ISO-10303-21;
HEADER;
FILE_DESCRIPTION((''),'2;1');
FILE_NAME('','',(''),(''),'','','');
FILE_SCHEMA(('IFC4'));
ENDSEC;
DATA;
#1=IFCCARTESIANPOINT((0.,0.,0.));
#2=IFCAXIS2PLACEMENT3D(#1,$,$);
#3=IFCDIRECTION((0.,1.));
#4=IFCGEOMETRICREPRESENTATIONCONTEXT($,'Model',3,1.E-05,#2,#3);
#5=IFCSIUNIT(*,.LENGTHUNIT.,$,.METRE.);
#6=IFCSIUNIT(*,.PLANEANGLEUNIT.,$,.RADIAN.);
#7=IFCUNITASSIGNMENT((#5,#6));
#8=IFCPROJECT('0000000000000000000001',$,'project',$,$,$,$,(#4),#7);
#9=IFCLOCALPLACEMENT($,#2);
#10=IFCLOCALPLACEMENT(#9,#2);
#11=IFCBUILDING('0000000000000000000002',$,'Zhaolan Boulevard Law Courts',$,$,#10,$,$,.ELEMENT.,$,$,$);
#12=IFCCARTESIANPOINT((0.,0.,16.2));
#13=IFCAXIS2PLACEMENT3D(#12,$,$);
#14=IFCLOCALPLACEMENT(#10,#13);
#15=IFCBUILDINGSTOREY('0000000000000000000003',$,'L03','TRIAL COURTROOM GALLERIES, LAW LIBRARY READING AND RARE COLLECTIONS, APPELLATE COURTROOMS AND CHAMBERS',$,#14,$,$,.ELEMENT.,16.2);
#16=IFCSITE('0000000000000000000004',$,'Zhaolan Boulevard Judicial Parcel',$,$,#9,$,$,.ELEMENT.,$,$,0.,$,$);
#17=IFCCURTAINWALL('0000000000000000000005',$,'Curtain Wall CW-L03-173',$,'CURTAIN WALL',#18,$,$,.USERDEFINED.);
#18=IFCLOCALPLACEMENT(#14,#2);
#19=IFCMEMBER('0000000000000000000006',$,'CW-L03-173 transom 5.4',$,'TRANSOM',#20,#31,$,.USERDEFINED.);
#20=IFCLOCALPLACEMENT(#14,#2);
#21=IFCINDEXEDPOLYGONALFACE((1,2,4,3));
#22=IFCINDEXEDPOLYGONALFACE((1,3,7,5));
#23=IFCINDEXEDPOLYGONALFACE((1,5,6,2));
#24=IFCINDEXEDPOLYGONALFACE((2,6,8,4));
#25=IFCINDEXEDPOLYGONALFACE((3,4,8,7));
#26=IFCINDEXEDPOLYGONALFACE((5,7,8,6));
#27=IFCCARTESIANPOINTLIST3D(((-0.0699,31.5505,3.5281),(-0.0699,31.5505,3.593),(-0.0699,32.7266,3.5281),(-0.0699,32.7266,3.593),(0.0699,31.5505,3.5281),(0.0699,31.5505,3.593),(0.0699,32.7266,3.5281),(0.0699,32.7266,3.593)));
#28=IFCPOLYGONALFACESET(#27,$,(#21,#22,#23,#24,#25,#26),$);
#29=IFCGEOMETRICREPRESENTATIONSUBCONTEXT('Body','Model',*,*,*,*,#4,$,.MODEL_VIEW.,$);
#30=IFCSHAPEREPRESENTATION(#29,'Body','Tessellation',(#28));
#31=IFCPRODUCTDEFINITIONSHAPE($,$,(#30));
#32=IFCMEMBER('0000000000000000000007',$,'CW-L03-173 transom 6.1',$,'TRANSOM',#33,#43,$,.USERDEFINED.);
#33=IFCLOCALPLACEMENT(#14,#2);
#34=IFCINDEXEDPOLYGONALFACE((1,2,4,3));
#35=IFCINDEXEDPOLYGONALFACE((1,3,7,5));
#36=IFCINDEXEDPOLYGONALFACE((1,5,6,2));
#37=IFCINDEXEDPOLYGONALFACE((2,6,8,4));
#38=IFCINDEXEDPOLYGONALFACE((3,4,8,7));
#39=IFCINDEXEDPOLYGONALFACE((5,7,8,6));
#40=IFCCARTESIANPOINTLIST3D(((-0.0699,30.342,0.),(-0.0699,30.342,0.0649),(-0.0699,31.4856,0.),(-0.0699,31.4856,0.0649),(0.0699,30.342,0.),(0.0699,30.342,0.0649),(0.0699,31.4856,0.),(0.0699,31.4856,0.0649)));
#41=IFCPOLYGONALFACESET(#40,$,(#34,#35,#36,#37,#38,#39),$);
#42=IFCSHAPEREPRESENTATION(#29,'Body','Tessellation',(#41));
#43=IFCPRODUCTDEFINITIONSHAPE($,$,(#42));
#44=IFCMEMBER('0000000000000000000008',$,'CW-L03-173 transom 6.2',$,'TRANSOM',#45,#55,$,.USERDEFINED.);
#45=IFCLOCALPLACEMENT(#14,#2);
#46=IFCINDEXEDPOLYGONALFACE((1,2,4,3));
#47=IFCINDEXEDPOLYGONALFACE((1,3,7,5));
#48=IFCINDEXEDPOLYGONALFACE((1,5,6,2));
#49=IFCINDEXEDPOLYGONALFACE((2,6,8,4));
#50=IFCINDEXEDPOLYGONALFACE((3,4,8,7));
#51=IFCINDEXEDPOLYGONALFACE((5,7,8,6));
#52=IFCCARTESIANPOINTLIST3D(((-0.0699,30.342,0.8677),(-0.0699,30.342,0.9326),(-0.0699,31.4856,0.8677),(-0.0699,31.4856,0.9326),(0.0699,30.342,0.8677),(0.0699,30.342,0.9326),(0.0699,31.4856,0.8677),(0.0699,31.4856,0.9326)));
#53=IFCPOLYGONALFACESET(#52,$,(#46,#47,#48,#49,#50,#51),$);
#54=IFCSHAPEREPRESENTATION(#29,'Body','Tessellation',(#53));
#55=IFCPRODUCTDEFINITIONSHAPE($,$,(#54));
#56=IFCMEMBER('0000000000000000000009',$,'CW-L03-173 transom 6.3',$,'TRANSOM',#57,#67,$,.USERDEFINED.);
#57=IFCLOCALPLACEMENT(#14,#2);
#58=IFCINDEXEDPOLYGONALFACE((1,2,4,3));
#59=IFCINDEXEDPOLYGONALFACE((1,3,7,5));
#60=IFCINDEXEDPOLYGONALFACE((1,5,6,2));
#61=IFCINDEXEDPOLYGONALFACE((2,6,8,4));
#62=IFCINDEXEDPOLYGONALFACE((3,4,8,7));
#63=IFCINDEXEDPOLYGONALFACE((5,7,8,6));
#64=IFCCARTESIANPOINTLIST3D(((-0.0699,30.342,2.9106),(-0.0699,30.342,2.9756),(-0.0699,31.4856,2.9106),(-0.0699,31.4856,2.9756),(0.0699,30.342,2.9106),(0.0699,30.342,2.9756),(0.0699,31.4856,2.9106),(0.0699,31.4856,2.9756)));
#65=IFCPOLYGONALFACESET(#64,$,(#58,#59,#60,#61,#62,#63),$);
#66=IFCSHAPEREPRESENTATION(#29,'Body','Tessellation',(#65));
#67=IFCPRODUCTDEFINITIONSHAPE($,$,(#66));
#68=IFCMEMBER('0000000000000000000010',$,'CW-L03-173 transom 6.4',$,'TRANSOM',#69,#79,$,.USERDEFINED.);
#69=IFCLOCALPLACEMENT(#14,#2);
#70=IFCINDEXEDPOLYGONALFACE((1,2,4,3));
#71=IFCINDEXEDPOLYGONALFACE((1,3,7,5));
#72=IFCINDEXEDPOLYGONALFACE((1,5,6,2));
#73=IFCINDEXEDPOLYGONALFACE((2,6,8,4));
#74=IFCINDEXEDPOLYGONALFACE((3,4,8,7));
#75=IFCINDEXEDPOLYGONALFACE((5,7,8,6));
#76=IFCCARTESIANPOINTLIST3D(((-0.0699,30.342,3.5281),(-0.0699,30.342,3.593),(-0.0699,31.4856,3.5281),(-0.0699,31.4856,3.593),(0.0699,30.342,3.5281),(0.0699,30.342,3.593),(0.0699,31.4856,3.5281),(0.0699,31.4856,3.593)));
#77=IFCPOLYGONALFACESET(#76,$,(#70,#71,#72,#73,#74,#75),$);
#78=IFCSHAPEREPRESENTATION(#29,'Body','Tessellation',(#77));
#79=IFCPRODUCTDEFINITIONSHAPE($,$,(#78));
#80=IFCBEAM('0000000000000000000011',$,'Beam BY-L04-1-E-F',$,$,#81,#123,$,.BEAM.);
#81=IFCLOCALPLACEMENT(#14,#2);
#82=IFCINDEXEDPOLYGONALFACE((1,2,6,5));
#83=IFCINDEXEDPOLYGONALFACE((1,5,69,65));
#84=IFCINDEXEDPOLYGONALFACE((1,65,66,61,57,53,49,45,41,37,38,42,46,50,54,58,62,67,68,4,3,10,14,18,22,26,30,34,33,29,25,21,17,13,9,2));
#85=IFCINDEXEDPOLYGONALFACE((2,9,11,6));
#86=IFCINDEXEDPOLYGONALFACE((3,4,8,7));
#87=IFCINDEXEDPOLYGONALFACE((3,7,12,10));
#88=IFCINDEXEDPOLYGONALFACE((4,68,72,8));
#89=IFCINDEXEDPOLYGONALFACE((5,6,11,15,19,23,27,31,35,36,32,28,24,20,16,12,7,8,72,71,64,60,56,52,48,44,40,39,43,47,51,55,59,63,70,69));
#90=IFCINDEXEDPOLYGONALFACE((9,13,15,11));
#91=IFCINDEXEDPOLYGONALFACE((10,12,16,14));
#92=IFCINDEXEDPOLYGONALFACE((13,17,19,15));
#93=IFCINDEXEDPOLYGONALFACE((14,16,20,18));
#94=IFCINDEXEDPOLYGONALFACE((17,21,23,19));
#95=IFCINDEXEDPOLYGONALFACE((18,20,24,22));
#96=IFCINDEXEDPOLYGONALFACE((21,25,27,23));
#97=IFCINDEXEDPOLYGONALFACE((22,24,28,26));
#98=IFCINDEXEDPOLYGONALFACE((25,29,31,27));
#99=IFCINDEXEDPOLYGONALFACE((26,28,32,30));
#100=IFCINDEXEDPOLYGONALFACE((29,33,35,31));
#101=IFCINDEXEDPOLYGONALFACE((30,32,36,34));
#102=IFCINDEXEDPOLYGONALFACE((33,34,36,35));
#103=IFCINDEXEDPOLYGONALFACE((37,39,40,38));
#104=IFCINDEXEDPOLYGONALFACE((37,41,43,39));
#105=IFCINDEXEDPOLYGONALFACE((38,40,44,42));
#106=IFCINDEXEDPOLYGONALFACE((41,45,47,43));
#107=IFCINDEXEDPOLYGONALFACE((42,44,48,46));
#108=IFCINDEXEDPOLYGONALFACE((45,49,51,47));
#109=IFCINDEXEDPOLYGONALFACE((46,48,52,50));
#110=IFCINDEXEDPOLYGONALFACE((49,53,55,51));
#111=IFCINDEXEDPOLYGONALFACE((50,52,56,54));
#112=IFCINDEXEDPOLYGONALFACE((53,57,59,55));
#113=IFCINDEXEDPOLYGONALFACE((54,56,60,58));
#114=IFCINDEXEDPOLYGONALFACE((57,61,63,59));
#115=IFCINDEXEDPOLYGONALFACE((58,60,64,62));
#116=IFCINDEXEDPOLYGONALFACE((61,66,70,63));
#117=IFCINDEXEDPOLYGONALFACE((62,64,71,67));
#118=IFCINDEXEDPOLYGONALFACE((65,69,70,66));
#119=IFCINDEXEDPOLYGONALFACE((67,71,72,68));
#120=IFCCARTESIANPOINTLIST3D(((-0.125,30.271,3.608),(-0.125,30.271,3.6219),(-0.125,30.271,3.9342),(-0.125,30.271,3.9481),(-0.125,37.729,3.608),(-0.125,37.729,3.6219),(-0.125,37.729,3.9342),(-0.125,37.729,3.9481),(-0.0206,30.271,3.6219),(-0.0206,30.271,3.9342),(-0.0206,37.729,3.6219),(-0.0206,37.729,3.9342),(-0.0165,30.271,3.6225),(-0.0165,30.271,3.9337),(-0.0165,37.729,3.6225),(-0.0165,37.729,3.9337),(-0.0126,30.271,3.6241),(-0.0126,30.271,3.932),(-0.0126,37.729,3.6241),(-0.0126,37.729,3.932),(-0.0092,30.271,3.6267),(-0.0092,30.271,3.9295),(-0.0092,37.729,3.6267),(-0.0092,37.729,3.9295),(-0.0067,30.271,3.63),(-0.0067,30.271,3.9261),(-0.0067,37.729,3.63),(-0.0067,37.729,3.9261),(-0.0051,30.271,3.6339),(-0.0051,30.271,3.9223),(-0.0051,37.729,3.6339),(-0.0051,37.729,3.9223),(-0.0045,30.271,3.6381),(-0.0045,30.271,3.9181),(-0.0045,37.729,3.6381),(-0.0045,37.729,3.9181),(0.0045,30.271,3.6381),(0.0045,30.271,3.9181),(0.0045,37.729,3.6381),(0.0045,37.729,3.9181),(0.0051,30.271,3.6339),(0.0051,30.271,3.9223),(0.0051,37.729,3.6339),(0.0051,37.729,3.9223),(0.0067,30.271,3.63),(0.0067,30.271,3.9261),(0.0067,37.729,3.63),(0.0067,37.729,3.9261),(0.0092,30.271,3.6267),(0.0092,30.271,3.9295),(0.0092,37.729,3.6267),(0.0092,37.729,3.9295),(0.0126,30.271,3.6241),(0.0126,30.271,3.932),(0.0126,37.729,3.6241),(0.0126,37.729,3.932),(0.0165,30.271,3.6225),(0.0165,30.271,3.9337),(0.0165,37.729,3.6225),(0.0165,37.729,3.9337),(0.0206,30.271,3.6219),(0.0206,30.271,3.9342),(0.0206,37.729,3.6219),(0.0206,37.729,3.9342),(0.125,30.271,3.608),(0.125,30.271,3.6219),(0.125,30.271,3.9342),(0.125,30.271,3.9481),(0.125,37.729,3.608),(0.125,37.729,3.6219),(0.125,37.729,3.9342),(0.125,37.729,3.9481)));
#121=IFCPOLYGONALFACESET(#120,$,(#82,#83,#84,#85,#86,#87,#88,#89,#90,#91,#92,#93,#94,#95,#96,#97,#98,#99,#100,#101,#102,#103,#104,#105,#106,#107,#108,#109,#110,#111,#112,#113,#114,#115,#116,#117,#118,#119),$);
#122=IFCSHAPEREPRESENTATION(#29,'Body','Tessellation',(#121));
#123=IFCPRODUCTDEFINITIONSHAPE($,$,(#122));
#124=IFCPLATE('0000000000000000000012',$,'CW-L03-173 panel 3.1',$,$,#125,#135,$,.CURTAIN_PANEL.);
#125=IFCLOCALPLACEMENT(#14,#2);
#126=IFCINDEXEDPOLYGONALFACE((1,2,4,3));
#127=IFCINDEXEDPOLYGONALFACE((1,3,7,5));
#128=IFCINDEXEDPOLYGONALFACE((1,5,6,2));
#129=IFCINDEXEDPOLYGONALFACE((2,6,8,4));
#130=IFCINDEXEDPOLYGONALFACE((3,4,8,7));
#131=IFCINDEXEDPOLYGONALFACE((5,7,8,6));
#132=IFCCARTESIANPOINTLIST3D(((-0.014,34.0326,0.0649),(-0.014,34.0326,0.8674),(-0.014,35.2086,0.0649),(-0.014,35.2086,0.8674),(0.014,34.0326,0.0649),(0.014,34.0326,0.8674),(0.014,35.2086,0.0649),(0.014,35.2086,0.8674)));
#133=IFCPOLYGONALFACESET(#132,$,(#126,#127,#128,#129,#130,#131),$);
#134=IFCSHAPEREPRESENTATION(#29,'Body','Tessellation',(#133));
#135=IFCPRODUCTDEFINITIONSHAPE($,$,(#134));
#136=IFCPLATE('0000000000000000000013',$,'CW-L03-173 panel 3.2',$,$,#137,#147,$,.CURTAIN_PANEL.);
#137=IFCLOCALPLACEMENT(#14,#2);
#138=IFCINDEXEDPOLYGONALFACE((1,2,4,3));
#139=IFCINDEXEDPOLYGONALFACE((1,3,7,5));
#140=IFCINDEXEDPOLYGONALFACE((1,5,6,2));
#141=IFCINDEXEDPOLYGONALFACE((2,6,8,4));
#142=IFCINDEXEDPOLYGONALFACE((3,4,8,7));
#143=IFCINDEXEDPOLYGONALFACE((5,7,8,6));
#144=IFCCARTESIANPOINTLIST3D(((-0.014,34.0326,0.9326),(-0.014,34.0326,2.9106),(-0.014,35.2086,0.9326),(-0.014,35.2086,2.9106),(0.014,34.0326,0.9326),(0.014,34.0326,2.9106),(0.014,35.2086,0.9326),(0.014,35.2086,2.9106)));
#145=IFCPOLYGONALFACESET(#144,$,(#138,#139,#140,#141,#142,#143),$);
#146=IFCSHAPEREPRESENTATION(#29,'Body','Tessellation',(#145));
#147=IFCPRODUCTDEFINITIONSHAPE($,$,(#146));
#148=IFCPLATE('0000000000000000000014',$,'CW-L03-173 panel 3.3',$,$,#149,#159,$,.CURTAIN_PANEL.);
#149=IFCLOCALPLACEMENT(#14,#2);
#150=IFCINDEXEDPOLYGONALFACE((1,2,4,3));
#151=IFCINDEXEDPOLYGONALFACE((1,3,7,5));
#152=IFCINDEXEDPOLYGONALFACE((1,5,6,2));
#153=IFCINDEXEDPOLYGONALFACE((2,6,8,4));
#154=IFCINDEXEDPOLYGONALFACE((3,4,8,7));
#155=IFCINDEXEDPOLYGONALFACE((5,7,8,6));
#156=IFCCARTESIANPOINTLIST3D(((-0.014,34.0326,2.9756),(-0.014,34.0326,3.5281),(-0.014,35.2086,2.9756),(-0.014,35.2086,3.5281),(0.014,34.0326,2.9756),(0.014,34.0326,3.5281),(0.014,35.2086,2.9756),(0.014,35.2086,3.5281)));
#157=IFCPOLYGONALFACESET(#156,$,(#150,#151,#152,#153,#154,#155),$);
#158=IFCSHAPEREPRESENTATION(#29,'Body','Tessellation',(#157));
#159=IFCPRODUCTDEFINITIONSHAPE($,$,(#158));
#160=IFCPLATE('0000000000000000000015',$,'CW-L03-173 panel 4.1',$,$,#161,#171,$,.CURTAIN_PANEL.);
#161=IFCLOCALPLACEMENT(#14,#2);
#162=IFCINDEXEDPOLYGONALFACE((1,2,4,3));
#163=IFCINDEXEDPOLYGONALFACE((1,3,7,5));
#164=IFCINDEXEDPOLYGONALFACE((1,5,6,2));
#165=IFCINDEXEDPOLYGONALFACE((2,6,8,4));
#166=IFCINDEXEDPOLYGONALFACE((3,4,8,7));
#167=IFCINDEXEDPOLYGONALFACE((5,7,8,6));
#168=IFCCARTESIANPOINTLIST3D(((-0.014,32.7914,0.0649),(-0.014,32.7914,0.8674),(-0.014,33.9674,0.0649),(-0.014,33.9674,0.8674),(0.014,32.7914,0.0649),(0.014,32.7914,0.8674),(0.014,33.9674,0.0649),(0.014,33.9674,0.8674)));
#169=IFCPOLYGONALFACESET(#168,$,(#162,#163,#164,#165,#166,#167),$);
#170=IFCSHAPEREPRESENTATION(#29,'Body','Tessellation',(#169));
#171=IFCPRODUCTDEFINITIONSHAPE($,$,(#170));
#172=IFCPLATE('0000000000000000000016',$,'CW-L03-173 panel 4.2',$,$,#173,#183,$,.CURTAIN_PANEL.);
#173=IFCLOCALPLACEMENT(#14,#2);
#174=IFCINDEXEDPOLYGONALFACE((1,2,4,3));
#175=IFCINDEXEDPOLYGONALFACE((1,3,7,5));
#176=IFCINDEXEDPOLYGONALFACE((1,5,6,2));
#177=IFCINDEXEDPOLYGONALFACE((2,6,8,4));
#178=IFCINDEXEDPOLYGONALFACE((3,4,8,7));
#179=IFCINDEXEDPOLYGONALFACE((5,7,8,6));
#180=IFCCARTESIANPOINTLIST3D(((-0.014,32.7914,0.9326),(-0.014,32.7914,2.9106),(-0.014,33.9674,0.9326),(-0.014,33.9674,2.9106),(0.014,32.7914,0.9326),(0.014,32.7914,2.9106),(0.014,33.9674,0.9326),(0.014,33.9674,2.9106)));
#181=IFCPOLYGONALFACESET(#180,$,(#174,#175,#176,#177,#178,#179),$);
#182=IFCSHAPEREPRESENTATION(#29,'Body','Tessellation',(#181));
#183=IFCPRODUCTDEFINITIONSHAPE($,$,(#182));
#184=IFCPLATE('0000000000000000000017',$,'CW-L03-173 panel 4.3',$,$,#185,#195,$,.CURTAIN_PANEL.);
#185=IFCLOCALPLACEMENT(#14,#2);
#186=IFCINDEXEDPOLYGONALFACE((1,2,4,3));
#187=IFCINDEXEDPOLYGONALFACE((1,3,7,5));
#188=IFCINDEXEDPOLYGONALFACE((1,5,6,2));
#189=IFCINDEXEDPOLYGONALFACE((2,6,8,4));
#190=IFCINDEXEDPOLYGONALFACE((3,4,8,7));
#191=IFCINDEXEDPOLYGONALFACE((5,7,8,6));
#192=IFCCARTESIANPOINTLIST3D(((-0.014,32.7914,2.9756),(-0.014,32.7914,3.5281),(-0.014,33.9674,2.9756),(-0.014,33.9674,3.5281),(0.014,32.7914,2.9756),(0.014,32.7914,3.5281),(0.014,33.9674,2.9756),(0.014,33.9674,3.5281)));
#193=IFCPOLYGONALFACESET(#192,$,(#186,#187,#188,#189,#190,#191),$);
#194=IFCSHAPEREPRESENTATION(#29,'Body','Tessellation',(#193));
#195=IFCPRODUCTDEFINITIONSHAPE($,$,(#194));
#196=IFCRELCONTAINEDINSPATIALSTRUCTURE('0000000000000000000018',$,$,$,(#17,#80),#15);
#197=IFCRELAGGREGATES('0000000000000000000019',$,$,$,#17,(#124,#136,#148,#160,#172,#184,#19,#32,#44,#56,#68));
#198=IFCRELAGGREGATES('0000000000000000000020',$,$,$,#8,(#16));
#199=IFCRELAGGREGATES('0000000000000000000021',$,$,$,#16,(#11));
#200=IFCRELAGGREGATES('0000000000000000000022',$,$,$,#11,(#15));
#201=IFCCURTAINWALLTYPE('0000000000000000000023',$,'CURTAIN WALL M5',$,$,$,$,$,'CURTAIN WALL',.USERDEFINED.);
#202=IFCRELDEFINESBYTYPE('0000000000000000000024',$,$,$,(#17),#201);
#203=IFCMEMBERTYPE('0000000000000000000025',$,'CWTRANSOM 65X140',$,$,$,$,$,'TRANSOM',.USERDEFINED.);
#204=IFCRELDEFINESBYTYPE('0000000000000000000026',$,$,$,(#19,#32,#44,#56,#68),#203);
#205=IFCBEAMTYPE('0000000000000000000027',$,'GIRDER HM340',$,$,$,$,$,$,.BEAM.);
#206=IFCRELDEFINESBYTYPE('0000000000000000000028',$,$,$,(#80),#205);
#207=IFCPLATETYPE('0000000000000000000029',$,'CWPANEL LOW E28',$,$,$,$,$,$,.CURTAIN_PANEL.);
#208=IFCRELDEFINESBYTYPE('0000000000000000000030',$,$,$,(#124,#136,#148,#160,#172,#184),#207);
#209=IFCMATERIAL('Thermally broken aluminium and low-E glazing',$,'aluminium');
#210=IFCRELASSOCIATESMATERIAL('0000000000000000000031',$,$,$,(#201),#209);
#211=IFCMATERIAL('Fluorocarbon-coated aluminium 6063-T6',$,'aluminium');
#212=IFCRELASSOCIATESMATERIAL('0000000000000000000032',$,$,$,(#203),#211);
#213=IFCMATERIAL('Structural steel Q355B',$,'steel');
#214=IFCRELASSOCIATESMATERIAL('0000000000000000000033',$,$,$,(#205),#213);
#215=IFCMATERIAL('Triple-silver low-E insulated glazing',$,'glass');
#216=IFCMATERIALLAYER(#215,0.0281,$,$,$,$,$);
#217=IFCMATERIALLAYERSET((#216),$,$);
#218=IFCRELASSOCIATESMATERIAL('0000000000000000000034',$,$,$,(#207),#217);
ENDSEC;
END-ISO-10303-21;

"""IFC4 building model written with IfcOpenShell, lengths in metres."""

from ifc_helpers import new_model, si_unit, direction, frame, origin, origin_2d, place, context, subcontext, project, spatial, rectangle, i_section, extrude, material, layer, layer_set, material_profile, profile_set, type_object, element, aggregate, save


model = new_model("IFC4")

# Units and contexts
model_context = context("Model", 3, precision=1e-05, world=origin(), true_north=direction((0.0, 1.0)))
body_context = subcontext(model_context, "Body", "Model", "MODEL_VIEW")
ifc_project = project(units=[si_unit("LENGTHUNIT", "METRE"), si_unit("PLANEANGLEUNIT", "RADIAN")], contexts=[model_context])

# Site, building, storey
site_placement = place(None, origin())
site = spatial("IfcSite", under=ifc_project, at=site_placement, Name="Zhaolan Boulevard Judicial Parcel", CompositionType="ELEMENT", RefElevation=0.0)
building_placement = place(site_placement, origin())
building = spatial("IfcBuilding", under=site, at=building_placement, Name="Zhaolan Boulevard Law Courts", CompositionType="ELEMENT")
storey_placement = place(building_placement, frame((0.0, 0.0, 16.2)))
storey = spatial("IfcBuildingStorey", under=building, at=storey_placement, Name="L03", Description="TRIAL COURTROOM GALLERIES, LAW LIBRARY READING AND RARE COLLECTIONS, APPELLATE COURTROOMS AND CHAMBERS", CompositionType="ELEMENT", Elevation=16.2)

# Curtain wall, members
ifc_material_1 = material(Name="Thermally broken aluminium and low-E glazing", Category="aluminium")
curtain_wall_type = type_object("IfcCurtainWallType", Name="CURTAIN WALL M5", ElementType="CURTAIN WALL", PredefinedType="USERDEFINED", material=ifc_material_1)
curtain_wall_placement = place(storey_placement, origin())
curtain_wall = element("IfcCurtainWall", 1, at=curtain_wall_placement, inside=storey, type_object=curtain_wall_type, Name="Curtain Wall CW-L03-173", ObjectType="CURTAIN WALL", PredefinedType="USERDEFINED")
ifc_material_2 = material(Name="Fluorocarbon-coated aluminium 6063-T6", Category="aluminium")
ifc_material_profile_1 = material_profile(ifc_material_2, rectangle(XDim=0.1399, YDim=0.0649, at=origin_2d()), Name="AL65x140")
ifc_profile_set_1 = profile_set([ifc_material_profile_1], Name="Fluorocarbon-coated aluminium 6063-T6")
member_type_1 = type_object("IfcMemberType", Name="CWTRANSOM 65X140", ElementType="TRANSOM", PredefinedType="USERDEFINED", material=ifc_profile_set_1)
member_1_placement = place(storey_placement, frame((0.0, 32.7266, 3.5605), z_axis=(0.0, -1.0, 0.0), x_axis=(1.0, 0.0, 0.0)))
member_1 = element("IfcMember", 2, at=member_1_placement, type_object=member_type_1, Name="CW-L03-173 transom 5.4", ObjectType="TRANSOM", PredefinedType="USERDEFINED", context=body_context, shape_type="SweptSolid", body=[
    extrude(rectangle(XDim=0.1399, YDim=0.0649, at=origin_2d()), origin(), (0.0, 0.0, 1.0), 1.176),
])
member_2_placement = place(storey_placement, frame((0.0, 31.4856, 0.0325), z_axis=(0.0, -1.0, 0.0), x_axis=(1.0, 0.0, 0.0)))
member_2 = element("IfcMember", 3, at=member_2_placement, type_object=member_type_1, Name="CW-L03-173 transom 6.1", ObjectType="TRANSOM", PredefinedType="USERDEFINED", context=body_context, shape_type="SweptSolid", body=[
    extrude(rectangle(XDim=0.1399, YDim=0.0649, at=origin_2d()), origin(), (0.0, 0.0, 1.0), 1.1436),
])
member_3_placement = place(storey_placement, frame((0.0, 31.4856, 0.9001), z_axis=(0.0, -1.0, 0.0), x_axis=(1.0, 0.0, 0.0)))
member_3 = element("IfcMember", 4, at=member_3_placement, type_object=member_type_1, Name="CW-L03-173 transom 6.2", ObjectType="TRANSOM", PredefinedType="USERDEFINED", context=body_context, shape_type="SweptSolid", body=[
    extrude(rectangle(XDim=0.1399, YDim=0.0649, at=origin_2d()), origin(), (0.0, 0.0, 1.0), 1.1436),
])
member_4_placement = place(storey_placement, frame((0.0, 31.4856, 2.9431), z_axis=(0.0, -1.0, 0.0), x_axis=(1.0, 0.0, 0.0)))
member_4 = element("IfcMember", 5, at=member_4_placement, type_object=member_type_1, Name="CW-L03-173 transom 6.3", ObjectType="TRANSOM", PredefinedType="USERDEFINED", context=body_context, shape_type="SweptSolid", body=[
    extrude(rectangle(XDim=0.1399, YDim=0.0649, at=origin_2d()), origin(), (0.0, 0.0, 1.0), 1.1436),
])
member_5_placement = place(storey_placement, frame((0.0, 31.4856, 3.5605), z_axis=(0.0, -1.0, 0.0), x_axis=(1.0, 0.0, 0.0)))
member_5 = element("IfcMember", 6, at=member_5_placement, type_object=member_type_1, Name="CW-L03-173 transom 6.4", ObjectType="TRANSOM", PredefinedType="USERDEFINED", context=body_context, shape_type="SweptSolid", body=[
    extrude(rectangle(XDim=0.1399, YDim=0.0649, at=origin_2d()), origin(), (0.0, 0.0, 1.0), 1.1436),
])

# Beam
ifc_material_3 = material(Name="Structural steel Q355B", Category="steel")
ifc_material_profile_2 = material_profile(ifc_material_3, i_section(OverallWidth=0.25, OverallDepth=0.3401, WebThickness=0.009, FlangeThickness=0.0139, FilletRadius=0.0161, at=origin_2d()), Name="HM340x250")
ifc_profile_set_2 = profile_set([ifc_material_profile_2], Name="Structural steel Q355B")
beam_type = type_object("IfcBeamType", Name="GIRDER HM340", PredefinedType="BEAM", material=ifc_profile_set_2)
beam_placement = place(storey_placement, frame((0.0, 30.271, 3.7781), z_axis=(0.0, 1.0, 0.0), x_axis=(-1.0, 0.0, 0.0)))
element("IfcBeam", 7, at=beam_placement, inside=storey, type_object=beam_type, Name="Beam BY-L04-1-E-F", PredefinedType="BEAM", context=body_context, shape_type="SweptSolid", body=[
    extrude(i_section(OverallWidth=0.25, OverallDepth=0.3401, WebThickness=0.009, FlangeThickness=0.0139, FilletRadius=0.0161, at=origin_2d()), origin(), (0.0, 0.0, 1.0), 7.458),
])

# Plates
ifc_material_4 = material(Name="Triple-silver low-E insulated glazing", Category="glass")
ifc_layer_1 = layer(ifc_material_4, 0.0281)
ifc_layer_set_1 = layer_set([ifc_layer_1])
plate_type = type_object("IfcPlateType", Name="CWPANEL LOW E28", PredefinedType="CURTAIN_PANEL", material=ifc_layer_set_1)
plate_1_placement = place(storey_placement, frame((0.0, 34.6206, 0.0649), z_axis=(0.0, 0.0, 1.0), x_axis=(0.0, -1.0, 0.0)))
plate_1 = element("IfcPlate", 8, at=plate_1_placement, type_object=plate_type, Name="CW-L03-173 panel 3.1", PredefinedType="CURTAIN_PANEL", context=body_context, shape_type="SweptSolid", body=[
    extrude(rectangle(XDim=1.176, YDim=0.0281, at=origin_2d()), origin(), (0.0, 0.0, 1.0), 0.8025),
])
plate_2_placement = place(storey_placement, frame((0.0, 34.6206, 0.9326), z_axis=(0.0, 0.0, 1.0), x_axis=(0.0, -1.0, 0.0)))
plate_2 = element("IfcPlate", 9, at=plate_2_placement, type_object=plate_type, Name="CW-L03-173 panel 3.2", PredefinedType="CURTAIN_PANEL", context=body_context, shape_type="SweptSolid", body=[
    extrude(rectangle(XDim=1.176, YDim=0.0281, at=origin_2d()), origin(), (0.0, 0.0, 1.0), 1.978),
])
plate_3_placement = place(storey_placement, frame((0.0, 34.6206, 2.9756), z_axis=(0.0, 0.0, 1.0), x_axis=(0.0, -1.0, 0.0)))
plate_3 = element("IfcPlate", 10, at=plate_3_placement, type_object=plate_type, Name="CW-L03-173 panel 3.3", PredefinedType="CURTAIN_PANEL", context=body_context, shape_type="SweptSolid", body=[
    extrude(rectangle(XDim=1.176, YDim=0.0281, at=origin_2d()), origin(), (0.0, 0.0, 1.0), 0.5525),
])
plate_4_placement = place(storey_placement, frame((0.0, 33.3794, 0.0649), z_axis=(0.0, 0.0, 1.0), x_axis=(0.0, -1.0, 0.0)))
plate_4 = element("IfcPlate", 11, at=plate_4_placement, type_object=plate_type, Name="CW-L03-173 panel 4.1", PredefinedType="CURTAIN_PANEL", context=body_context, shape_type="SweptSolid", body=[
    extrude(rectangle(XDim=1.176, YDim=0.0281, at=origin_2d()), origin(), (0.0, 0.0, 1.0), 0.8025),
])
plate_5_placement = place(storey_placement, frame((0.0, 33.3794, 0.9326), z_axis=(0.0, 0.0, 1.0), x_axis=(0.0, -1.0, 0.0)))
plate_5 = element("IfcPlate", 12, at=plate_5_placement, type_object=plate_type, Name="CW-L03-173 panel 4.2", PredefinedType="CURTAIN_PANEL", context=body_context, shape_type="SweptSolid", body=[
    extrude(rectangle(XDim=1.176, YDim=0.0281, at=origin_2d()), origin(), (0.0, 0.0, 1.0), 1.978),
])
plate_6_placement = place(storey_placement, frame((0.0, 33.3794, 2.9756), z_axis=(0.0, 0.0, 1.0), x_axis=(0.0, -1.0, 0.0)))
plate_6 = element("IfcPlate", 13, at=plate_6_placement, type_object=plate_type, Name="CW-L03-173 panel 4.3", PredefinedType="CURTAIN_PANEL", context=body_context, shape_type="SweptSolid", body=[
    extrude(rectangle(XDim=1.176, YDim=0.0281, at=origin_2d()), origin(), (0.0, 0.0, 1.0), 0.5525),
])
aggregate(curtain_wall, [plate_1, plate_2, plate_3, plate_4, plate_5, plate_6, member_1, member_2, member_3, member_4, member_5])

save(model, "model.ifc")
